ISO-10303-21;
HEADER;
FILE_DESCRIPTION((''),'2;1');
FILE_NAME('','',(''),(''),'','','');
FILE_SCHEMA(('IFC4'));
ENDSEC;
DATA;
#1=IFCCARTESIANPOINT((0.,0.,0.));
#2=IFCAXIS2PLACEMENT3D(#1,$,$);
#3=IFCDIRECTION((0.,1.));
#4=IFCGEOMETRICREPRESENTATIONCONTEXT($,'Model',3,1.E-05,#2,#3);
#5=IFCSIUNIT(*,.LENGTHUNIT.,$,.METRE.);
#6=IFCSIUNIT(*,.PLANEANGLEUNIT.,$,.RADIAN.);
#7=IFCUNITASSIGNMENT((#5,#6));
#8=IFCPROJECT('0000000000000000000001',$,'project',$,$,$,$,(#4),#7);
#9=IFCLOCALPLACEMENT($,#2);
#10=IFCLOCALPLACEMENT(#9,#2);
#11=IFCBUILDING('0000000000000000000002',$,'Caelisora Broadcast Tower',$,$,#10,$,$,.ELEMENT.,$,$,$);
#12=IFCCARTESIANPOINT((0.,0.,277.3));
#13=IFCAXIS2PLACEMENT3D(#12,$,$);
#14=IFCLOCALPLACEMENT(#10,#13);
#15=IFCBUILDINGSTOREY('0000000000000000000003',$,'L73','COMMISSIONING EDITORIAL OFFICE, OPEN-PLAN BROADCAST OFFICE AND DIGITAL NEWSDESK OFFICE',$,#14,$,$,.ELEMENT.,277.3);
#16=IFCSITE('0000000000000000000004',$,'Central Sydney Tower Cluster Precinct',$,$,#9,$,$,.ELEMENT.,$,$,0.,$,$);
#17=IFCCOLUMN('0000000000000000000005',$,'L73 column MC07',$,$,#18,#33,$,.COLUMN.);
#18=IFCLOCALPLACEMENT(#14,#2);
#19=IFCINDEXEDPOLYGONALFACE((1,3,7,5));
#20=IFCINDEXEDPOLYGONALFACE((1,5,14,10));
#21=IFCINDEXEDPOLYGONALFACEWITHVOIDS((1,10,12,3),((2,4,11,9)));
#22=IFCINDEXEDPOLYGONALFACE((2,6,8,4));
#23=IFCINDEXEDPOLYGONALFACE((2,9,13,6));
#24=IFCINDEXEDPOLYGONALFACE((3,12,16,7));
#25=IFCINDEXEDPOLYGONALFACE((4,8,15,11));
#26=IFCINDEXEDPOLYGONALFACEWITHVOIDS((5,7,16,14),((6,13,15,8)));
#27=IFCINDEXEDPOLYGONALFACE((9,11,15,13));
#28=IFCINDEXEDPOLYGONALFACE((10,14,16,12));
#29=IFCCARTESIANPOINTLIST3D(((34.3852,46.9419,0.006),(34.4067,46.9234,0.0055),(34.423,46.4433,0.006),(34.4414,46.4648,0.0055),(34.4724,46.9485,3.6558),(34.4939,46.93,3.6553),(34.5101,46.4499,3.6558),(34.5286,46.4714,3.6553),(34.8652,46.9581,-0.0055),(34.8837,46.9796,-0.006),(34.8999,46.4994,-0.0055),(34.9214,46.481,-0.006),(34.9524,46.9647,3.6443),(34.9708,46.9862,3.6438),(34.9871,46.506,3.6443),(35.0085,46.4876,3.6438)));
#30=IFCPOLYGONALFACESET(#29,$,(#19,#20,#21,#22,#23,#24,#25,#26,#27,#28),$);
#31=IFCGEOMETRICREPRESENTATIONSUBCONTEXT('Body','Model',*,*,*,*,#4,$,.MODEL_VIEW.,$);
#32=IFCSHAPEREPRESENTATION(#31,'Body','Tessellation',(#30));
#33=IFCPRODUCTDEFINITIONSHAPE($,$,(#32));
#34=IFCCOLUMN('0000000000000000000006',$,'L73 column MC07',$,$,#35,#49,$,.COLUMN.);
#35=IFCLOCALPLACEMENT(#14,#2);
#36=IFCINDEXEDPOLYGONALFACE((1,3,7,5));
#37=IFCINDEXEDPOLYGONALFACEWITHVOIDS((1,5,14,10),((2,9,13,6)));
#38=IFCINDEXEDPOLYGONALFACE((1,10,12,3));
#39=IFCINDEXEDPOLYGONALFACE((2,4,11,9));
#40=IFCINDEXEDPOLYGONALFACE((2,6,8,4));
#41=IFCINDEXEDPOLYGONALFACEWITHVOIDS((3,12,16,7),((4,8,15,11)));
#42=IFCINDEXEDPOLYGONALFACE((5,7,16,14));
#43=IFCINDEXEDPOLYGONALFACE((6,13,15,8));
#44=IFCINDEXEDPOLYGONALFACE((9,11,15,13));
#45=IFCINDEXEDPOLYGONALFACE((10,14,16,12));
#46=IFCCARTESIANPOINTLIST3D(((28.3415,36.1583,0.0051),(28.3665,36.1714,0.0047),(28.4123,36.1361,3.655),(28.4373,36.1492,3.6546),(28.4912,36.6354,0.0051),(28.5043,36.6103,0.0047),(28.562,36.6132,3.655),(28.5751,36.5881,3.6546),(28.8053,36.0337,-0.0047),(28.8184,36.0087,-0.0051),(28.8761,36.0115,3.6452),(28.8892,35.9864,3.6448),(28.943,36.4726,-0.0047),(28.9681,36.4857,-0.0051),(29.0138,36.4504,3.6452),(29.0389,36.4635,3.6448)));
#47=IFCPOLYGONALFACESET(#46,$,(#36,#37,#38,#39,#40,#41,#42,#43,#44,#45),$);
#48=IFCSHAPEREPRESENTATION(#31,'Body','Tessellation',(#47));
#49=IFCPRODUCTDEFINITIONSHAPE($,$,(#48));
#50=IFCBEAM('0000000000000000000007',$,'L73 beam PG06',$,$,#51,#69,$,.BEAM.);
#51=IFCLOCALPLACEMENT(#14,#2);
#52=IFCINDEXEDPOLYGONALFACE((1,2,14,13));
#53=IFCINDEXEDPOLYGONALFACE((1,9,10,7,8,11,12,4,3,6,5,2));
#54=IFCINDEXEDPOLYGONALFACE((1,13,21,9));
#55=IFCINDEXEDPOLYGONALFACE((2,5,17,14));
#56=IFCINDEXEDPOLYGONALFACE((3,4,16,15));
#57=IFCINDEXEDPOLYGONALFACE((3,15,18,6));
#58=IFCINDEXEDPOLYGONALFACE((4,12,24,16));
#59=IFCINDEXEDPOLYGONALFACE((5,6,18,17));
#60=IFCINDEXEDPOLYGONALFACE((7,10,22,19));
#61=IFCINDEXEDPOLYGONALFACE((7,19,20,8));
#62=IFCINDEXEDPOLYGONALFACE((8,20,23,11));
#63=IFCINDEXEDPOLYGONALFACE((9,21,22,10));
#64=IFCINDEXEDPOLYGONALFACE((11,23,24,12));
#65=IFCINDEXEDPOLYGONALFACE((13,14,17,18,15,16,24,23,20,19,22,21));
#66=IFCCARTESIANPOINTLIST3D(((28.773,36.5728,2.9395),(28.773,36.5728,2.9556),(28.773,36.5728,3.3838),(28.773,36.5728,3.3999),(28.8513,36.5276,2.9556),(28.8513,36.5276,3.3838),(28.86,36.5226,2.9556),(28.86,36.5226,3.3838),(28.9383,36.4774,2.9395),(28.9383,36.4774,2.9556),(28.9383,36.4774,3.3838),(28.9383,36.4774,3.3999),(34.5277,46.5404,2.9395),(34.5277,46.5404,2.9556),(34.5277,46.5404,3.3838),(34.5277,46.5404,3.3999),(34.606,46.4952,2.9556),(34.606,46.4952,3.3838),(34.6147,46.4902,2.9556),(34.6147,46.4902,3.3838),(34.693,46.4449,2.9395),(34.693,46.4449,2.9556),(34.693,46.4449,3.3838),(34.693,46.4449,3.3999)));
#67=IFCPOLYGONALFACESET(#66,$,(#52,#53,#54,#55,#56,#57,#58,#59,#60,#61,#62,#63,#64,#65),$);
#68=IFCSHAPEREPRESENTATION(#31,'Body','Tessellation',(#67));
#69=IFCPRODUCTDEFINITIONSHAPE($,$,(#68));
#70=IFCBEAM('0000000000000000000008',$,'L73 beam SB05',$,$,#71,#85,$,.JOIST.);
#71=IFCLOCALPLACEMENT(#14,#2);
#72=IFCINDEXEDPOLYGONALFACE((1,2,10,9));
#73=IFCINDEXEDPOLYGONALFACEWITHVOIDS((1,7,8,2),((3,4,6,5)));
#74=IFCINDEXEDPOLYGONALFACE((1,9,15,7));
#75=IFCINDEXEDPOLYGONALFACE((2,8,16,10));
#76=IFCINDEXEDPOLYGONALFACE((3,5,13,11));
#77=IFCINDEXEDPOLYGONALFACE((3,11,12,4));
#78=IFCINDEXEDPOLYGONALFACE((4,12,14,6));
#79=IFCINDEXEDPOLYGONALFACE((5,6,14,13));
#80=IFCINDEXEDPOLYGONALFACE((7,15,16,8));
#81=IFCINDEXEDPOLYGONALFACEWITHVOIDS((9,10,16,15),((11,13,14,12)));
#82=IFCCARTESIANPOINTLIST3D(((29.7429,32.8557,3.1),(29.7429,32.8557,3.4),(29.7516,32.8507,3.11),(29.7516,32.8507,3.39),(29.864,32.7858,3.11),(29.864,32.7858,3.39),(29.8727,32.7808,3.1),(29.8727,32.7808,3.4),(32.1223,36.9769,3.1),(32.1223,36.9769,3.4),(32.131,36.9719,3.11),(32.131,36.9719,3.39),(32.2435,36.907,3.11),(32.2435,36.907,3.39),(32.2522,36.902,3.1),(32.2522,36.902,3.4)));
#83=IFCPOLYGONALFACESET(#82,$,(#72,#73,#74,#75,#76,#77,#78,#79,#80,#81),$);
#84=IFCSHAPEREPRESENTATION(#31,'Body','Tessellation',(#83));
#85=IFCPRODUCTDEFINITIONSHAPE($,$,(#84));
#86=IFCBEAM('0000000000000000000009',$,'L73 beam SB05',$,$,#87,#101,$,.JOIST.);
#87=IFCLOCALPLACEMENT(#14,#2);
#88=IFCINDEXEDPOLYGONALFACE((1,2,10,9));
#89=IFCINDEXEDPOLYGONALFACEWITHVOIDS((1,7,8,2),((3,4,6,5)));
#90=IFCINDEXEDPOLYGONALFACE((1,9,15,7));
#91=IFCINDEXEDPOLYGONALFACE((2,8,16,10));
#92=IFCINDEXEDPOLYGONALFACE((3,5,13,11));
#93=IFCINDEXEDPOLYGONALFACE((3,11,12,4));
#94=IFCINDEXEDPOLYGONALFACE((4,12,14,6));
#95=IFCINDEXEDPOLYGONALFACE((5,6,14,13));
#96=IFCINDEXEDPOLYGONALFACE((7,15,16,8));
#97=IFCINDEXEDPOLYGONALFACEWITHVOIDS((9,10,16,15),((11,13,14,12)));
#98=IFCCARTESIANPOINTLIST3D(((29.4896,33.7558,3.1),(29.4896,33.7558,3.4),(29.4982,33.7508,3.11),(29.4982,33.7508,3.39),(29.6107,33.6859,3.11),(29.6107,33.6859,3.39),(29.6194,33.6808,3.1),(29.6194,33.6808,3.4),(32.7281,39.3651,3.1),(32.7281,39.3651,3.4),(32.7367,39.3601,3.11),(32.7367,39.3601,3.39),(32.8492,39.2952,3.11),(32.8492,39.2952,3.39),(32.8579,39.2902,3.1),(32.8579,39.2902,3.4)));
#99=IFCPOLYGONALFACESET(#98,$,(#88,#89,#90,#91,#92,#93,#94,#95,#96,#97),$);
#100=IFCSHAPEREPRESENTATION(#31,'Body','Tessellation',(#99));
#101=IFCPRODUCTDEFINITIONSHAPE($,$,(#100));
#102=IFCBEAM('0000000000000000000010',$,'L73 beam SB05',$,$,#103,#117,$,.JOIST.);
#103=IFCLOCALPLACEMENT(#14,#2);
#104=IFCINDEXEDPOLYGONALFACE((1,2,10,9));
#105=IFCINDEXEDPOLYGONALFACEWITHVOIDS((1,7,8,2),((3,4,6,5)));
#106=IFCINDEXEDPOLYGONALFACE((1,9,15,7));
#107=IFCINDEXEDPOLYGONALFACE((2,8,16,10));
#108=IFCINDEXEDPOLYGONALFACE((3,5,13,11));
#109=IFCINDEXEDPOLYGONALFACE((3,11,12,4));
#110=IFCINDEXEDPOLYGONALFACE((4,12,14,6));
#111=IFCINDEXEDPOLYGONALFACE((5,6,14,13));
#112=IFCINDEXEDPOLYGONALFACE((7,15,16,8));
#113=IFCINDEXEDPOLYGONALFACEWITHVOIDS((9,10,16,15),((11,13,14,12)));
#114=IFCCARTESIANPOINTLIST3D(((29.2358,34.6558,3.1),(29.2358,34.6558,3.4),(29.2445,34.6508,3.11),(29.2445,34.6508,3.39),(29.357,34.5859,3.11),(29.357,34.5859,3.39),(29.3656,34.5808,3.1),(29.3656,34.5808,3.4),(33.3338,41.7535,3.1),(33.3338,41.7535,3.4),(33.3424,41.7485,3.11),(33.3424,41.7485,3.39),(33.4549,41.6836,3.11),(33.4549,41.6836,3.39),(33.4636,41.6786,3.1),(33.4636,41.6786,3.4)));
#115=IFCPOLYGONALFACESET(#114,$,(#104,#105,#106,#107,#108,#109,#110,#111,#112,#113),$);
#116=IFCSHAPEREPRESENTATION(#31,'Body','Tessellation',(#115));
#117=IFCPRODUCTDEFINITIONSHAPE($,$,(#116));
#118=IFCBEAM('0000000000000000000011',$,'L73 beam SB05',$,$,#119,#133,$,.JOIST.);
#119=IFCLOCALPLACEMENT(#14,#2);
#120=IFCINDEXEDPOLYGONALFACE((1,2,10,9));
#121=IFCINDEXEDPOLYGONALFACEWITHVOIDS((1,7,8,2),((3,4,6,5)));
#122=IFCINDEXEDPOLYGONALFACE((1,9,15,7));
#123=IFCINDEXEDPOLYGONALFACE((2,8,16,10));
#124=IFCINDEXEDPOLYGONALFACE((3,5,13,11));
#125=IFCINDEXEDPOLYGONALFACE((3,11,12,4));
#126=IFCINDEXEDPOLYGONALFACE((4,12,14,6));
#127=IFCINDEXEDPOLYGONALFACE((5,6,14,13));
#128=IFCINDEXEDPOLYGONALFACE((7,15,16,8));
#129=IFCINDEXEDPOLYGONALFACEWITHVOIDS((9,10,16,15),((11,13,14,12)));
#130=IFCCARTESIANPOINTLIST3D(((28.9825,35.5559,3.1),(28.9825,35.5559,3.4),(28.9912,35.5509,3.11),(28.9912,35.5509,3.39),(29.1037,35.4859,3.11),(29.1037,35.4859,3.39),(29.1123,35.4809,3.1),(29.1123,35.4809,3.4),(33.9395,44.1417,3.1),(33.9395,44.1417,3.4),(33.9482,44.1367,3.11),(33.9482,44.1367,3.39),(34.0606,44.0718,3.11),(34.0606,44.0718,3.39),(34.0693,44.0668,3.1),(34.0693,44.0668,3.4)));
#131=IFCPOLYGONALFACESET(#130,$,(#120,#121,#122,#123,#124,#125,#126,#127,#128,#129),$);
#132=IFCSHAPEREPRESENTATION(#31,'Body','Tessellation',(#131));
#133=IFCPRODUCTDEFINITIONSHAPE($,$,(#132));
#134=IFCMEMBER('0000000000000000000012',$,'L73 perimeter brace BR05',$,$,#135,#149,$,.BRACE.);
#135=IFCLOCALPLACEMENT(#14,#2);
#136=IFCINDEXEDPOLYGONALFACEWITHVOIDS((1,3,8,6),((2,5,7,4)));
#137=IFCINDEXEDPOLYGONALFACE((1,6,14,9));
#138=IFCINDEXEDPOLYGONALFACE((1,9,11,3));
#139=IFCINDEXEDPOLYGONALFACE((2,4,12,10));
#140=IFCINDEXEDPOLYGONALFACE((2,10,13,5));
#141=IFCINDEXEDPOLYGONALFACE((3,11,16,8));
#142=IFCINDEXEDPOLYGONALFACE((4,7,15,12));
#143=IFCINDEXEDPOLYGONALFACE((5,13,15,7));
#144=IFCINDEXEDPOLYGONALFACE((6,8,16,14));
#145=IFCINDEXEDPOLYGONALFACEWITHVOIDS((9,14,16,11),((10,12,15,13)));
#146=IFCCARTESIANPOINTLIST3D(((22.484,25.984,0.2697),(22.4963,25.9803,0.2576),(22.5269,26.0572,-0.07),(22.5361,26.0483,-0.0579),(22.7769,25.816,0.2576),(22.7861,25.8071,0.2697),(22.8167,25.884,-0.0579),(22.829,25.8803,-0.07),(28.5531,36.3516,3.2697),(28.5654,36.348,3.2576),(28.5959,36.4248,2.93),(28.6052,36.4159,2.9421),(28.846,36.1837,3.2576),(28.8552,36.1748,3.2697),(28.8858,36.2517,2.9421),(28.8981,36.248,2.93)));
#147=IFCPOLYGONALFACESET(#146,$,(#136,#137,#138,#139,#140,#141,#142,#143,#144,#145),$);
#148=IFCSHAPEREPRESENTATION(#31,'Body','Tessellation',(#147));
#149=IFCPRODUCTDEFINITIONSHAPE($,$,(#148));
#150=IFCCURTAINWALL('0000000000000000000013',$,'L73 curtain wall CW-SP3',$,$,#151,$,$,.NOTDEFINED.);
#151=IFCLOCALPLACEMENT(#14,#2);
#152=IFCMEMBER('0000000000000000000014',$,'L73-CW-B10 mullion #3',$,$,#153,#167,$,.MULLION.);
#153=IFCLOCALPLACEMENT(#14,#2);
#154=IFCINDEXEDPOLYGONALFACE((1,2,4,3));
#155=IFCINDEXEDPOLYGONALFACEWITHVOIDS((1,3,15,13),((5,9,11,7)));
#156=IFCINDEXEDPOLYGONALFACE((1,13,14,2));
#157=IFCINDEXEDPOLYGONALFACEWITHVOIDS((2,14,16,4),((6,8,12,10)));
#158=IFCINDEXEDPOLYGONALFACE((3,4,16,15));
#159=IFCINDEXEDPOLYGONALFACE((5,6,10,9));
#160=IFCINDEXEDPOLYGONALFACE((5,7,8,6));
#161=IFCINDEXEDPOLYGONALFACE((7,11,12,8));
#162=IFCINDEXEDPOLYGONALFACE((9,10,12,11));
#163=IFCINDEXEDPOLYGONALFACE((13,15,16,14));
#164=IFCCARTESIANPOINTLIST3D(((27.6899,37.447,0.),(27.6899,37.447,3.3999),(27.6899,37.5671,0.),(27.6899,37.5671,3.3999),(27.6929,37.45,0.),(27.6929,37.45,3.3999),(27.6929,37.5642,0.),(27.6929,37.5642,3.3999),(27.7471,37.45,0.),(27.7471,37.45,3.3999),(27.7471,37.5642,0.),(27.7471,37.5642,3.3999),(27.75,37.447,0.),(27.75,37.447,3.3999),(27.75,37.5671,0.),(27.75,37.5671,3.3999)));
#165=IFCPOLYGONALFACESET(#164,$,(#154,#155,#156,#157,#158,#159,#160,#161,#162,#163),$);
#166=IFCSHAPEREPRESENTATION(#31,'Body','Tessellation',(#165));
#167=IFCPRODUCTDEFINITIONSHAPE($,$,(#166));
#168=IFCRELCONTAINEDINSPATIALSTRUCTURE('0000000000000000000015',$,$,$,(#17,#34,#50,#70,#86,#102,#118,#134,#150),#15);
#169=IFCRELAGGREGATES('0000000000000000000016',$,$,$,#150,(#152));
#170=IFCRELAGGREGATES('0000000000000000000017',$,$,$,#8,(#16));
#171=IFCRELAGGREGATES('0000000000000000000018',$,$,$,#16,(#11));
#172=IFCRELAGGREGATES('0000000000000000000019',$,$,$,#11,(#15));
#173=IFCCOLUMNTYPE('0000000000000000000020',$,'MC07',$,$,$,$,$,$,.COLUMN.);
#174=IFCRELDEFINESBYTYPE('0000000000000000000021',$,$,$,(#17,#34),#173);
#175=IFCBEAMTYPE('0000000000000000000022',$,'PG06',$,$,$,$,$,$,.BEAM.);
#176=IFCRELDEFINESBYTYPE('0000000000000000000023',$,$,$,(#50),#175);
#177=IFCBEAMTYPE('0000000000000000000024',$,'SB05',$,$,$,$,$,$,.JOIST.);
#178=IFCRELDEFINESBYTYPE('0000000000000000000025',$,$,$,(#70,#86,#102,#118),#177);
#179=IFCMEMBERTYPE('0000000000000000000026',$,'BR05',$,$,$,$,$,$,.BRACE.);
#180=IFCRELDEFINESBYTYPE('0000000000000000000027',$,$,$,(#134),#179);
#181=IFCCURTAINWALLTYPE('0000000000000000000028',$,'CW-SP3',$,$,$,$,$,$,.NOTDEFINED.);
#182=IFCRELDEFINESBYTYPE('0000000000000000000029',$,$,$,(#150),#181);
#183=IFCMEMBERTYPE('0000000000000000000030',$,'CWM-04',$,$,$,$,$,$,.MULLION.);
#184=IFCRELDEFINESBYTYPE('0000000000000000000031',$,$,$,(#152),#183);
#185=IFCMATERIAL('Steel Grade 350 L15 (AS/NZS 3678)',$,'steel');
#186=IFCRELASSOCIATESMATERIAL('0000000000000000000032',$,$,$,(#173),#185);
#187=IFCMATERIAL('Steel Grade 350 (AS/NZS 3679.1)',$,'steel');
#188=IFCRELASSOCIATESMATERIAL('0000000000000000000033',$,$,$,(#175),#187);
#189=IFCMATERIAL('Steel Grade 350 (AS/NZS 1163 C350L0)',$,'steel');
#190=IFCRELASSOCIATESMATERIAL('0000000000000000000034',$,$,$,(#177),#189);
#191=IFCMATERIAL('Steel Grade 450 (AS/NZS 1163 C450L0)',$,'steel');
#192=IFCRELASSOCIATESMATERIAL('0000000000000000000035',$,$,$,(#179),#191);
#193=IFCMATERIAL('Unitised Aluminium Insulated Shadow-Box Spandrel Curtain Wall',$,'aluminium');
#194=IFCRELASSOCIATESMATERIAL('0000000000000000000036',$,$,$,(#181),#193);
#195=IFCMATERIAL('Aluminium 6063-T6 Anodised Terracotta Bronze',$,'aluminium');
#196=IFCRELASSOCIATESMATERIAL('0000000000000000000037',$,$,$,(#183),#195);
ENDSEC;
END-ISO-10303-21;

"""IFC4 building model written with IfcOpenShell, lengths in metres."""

from ifc_helpers import new_model, si_unit, direction, frame, origin, origin_2d, place, context, subcontext, project, spatial, hollow_rectangle, i_section, extrude, source, transform, mapped, material, material_profile, profile_set, type_object, type_shapes, element, aggregate, save


model = new_model("IFC4")

# Units and contexts
model_context = context("Model", 3, precision=1e-05, world=origin(), true_north=direction((0.0, 1.0)))
body_context = subcontext(model_context, "Body", "Model", "MODEL_VIEW")
ifc_project = project(units=[si_unit("LENGTHUNIT", "METRE"), si_unit("PLANEANGLEUNIT", "RADIAN")], contexts=[model_context])

# Site, building, storey
site_placement = place(None, origin())
site = spatial("IfcSite", under=ifc_project, at=site_placement, Name="Central Sydney Tower Cluster Precinct", CompositionType="ELEMENT", RefElevation=0.0)
building_placement = place(site_placement, origin())
building = spatial("IfcBuilding", under=site, at=building_placement, Name="Caelisora Broadcast Tower", CompositionType="ELEMENT")
storey_placement = place(building_placement, frame((0.0, 0.0, 277.3)))
storey = spatial("IfcBuildingStorey", under=building, at=storey_placement, Name="L73", Description="COMMISSIONING EDITORIAL OFFICE, OPEN-PLAN BROADCAST OFFICE AND DIGITAL NEWSDESK OFFICE", CompositionType="ELEMENT", Elevation=277.3)

# Columns
ifc_material_1 = material(Name="Steel Grade 350 L15 (AS/NZS 3678)", Category="steel")
ifc_material_profile_1 = material_profile(ifc_material_1, hollow_rectangle(XDim=0.5, YDim=0.5, WallThickness=0.02, at=origin_2d()), Name="Steel Grade 350 L15 (AS/NZS 3678)")
ifc_profile_set_1 = profile_set([ifc_material_profile_1], Name="Steel Grade 350 L15 (AS/NZS 3678)")
column_type = type_object("IfcColumnType", Name="MC07", PredefinedType="COLUMN", material=ifc_profile_set_1)
shared_shape_1 = source(origin(), body_context, "Body", "SweptSolid", [
    extrude(hollow_rectangle(XDim=0.5, YDim=0.5, WallThickness=0.02, at=origin_2d()), origin(), (0.0, 0.0, 1.0), 3.6509),
])
column_1_placement = place(storey_placement, frame((34.6533, 46.7114, 0.0), z_axis=(0.023873, 0.001806, 0.999713), x_axis=(-0.075415, 0.997152, 0.0)))
element("IfcColumn", 1, at=column_1_placement, inside=storey, type_object=column_type, Name="L73 column MC07", PredefinedType="COLUMN", context=body_context, shape_type="MappedRepresentation", body=[
    mapped(shared_shape_1, transform((0.0, 0.0, 0.0), scale=1.0)),
])
shared_shape_2 = source(origin(), body_context, "Body", "SweptSolid", [
    extrude(hollow_rectangle(XDim=0.5, YDim=0.5, WallThickness=0.02, at=origin_2d()), origin(), (0.0, 0.0, 1.0), 3.6506),
])
type_shapes(column_type, [shared_shape_1, shared_shape_2])
column_2_placement = place(storey_placement, frame((28.6548, 36.322, 0.0), z_axis=(0.019394, -0.006086, 0.999793), x_axis=(0.299399, 0.954128, 0.0)))
element("IfcColumn", 2, at=column_2_placement, inside=storey, type_object=column_type, Name="L73 column MC07", PredefinedType="COLUMN", context=body_context, shape_type="MappedRepresentation", body=[
    mapped(shared_shape_2, transform((0.0, 0.0, 0.0), scale=1.0)),
])

# Beams
ifc_material_2 = material(Name="Steel Grade 350 (AS/NZS 3679.1)", Category="steel")
ifc_material_profile_2 = material_profile(ifc_material_2, i_section(OverallWidth=0.1909, OverallDepth=0.4604, WebThickness=0.01, FlangeThickness=0.0161, at=origin_2d()), Name="Steel Grade 350 (AS/NZS 3679.1)")
ifc_profile_set_2 = profile_set([ifc_material_profile_2], Name="Steel Grade 350 (AS/NZS 3679.1)")
beam_type_1 = type_object("IfcBeamType", Name="PG06", PredefinedType="BEAM", material=ifc_profile_set_2)
shared_shape_3 = source(origin(), body_context, "Body", "SweptSolid", [
    extrude(i_section(OverallWidth=0.1909, OverallDepth=0.4604, WebThickness=0.01, FlangeThickness=0.0161, at=origin_2d()), origin(), (0.0, 0.0, 1.0), 11.5095),
])
type_shapes(beam_type_1, [shared_shape_3])
beam_1_placement = place(storey_placement, frame((34.6104, 46.4927, 3.1697), z_axis=(-0.499992, -0.86603, 0.0), x_axis=(0.86603, -0.499992, 0.0)))
element("IfcBeam", 3, at=beam_1_placement, inside=storey, type_object=beam_type_1, Name="L73 beam PG06", PredefinedType="BEAM", context=body_context, shape_type="MappedRepresentation", body=[
    mapped(shared_shape_3, transform((0.0, 0.0, 0.0), scale=1.0)),
])
ifc_material_3 = material(Name="Steel Grade 350 (AS/NZS 1163 C350L0)", Category="steel")
ifc_material_profile_3 = material_profile(ifc_material_3, hollow_rectangle(XDim=0.1499, YDim=0.3, WallThickness=0.01, at=origin_2d()), Name="Steel Grade 350 (AS/NZS 1163 C350L0)")
ifc_profile_set_3 = profile_set([ifc_material_profile_3], Name="Steel Grade 350 (AS/NZS 1163 C350L0)")
beam_type_2 = type_object("IfcBeamType", Name="SB05", PredefinedType="JOIST", material=ifc_profile_set_3)
shared_shape_4 = source(origin(), body_context, "Body", "SweptSolid", [
    extrude(hollow_rectangle(XDim=0.1499, YDim=0.3, WallThickness=0.01, at=origin_2d()), origin(), (0.0, 0.0, 1.0), 4.7588),
])
beam_2_placement = place(storey_placement, frame((32.1873, 36.9395, 3.25), z_axis=(-0.500013, -0.866018, 0.0), x_axis=(0.866018, -0.500013, 0.0)))
element("IfcBeam", 4, at=beam_2_placement, inside=storey, type_object=beam_type_2, Name="L73 beam SB05", PredefinedType="JOIST", context=body_context, shape_type="MappedRepresentation", body=[
    mapped(shared_shape_4, transform((0.0, 0.0, 0.0), scale=1.0)),
])
shared_shape_5 = source(origin(), body_context, "Body", "SweptSolid", [
    extrude(hollow_rectangle(XDim=0.1499, YDim=0.3, WallThickness=0.01, at=origin_2d()), origin(), (0.0, 0.0, 1.0), 6.4771),
])
beam_3_placement = place(storey_placement, frame((32.793, 39.3276, 3.25), z_axis=(-0.499994, -0.866029, 0.0), x_axis=(0.866029, -0.499994, 0.0)))
element("IfcBeam", 5, at=beam_3_placement, inside=storey, type_object=beam_type_2, Name="L73 beam SB05", PredefinedType="JOIST", context=body_context, shape_type="MappedRepresentation", body=[
    mapped(shared_shape_5, transform((0.0, 0.0, 0.0), scale=1.0)),
])
shared_shape_6 = source(origin(), body_context, "Body", "SweptSolid", [
    extrude(hollow_rectangle(XDim=0.1499, YDim=0.3, WallThickness=0.01, at=origin_2d()), origin(), (0.0, 0.0, 1.0), 8.1958),
])
beam_4_placement = place(storey_placement, frame((33.3987, 41.7161, 3.25), z_axis=(-0.500006, -0.866022, 0.0), x_axis=(0.866022, -0.500006, 0.0)))
element("IfcBeam", 6, at=beam_4_placement, inside=storey, type_object=beam_type_2, Name="L73 beam SB05", PredefinedType="JOIST", context=body_context, shape_type="MappedRepresentation", body=[
    mapped(shared_shape_6, transform((0.0, 0.0, 0.0), scale=1.0)),
])
shared_shape_7 = source(origin(), body_context, "Body", "SweptSolid", [
    extrude(hollow_rectangle(XDim=0.1499, YDim=0.3, WallThickness=0.01, at=origin_2d()), origin(), (0.0, 0.0, 1.0), 9.9141),
])
type_shapes(beam_type_2, [shared_shape_4, shared_shape_5, shared_shape_6, shared_shape_7])
beam_5_placement = place(storey_placement, frame((34.0044, 44.1042, 3.25), z_axis=(-0.499995, -0.866028, 0.0), x_axis=(0.866028, -0.499995, 0.0)))
element("IfcBeam", 7, at=beam_5_placement, inside=storey, type_object=beam_type_2, Name="L73 beam SB05", PredefinedType="JOIST", context=body_context, shape_type="MappedRepresentation", body=[
    mapped(shared_shape_7, transform((0.0, 0.0, 0.0), scale=1.0)),
])

# Member
ifc_material_4 = material(Name="Steel Grade 450 (AS/NZS 1163 C450L0)", Category="steel")
ifc_material_profile_4 = material_profile(ifc_material_4, hollow_rectangle(XDim=0.3501, YDim=0.3501, WallThickness=0.0125, at=origin_2d()), Name="Steel Grade 450 (AS/NZS 1163 C450L0)")
ifc_profile_set_4 = profile_set([ifc_material_profile_4], Name="Steel Grade 450 (AS/NZS 1163 C450L0)")
member_type_1 = type_object("IfcMemberType", Name="BR05", PredefinedType="BRACE", material=ifc_profile_set_4)
shared_shape_8 = source(origin(), body_context, "Body", "SweptSolid", [
    extrude(hollow_rectangle(XDim=0.3501, YDim=0.3501, WallThickness=0.0125, at=origin_2d()), origin(), (0.0, 0.0, 1.0), 12.3823),
])
type_shapes(member_type_1, [shared_shape_8])
member_1_placement = place(storey_placement, frame((28.7256, 36.2998, 3.0999), z_axis=(-0.490141, -0.837295, -0.24228), x_axis=(0.863007, -0.505192, 0.0)))
element("IfcMember", 8, at=member_1_placement, inside=storey, type_object=member_type_1, Name="L73 perimeter brace BR05", PredefinedType="BRACE", context=body_context, shape_type="MappedRepresentation", body=[
    mapped(shared_shape_8, transform((0.0, 0.0, 0.0), scale=1.0)),
])

# Curtain wall, member
ifc_material_5 = material(Name="Unitised Aluminium Insulated Shadow-Box Spandrel Curtain Wall", Category="aluminium")
curtain_wall_type_1 = type_object("IfcCurtainWallType", Name="CW-SP3", PredefinedType="NOTDEFINED", material=ifc_material_5)
curtain_wall_1_placement = place(storey_placement, origin())
curtain_wall_1 = element("IfcCurtainWall", 9, at=curtain_wall_1_placement, inside=storey, type_object=curtain_wall_type_1, Name="L73 curtain wall CW-SP3", PredefinedType="NOTDEFINED")
ifc_material_6 = material(Name="Aluminium 6063-T6 Anodised Terracotta Bronze", Category="aluminium")
ifc_material_profile_5 = material_profile(ifc_material_6, hollow_rectangle(XDim=0.0601, YDim=0.1201, WallThickness=0.0029, at=origin_2d()), Name="Aluminium 6063-T6 Anodised Terracotta Bronze")
ifc_profile_set_5 = profile_set([ifc_material_profile_5], Name="Aluminium 6063-T6 Anodised Terracotta Bronze")
member_type_2 = type_object("IfcMemberType", Name="CWM-04", PredefinedType="MULLION", material=ifc_profile_set_5)
shared_shape_9 = source(origin(), body_context, "Body", "SweptSolid", [
    extrude(hollow_rectangle(XDim=0.0601, YDim=0.1201, WallThickness=0.0029, at=origin_2d()), origin(), (0.0, 0.0, 1.0), 3.3999),
])
type_shapes(member_type_2, [shared_shape_9])
member_2_placement = place(storey_placement, frame((27.72, 37.5071, 0.0), z_axis=(0.0, 0.0, 1.0), x_axis=(1.0, 0.0, 0.0)))
member_2 = element("IfcMember", 10, at=member_2_placement, type_object=member_type_2, Name="L73-CW-B10 mullion #3", PredefinedType="MULLION", context=body_context, shape_type="MappedRepresentation", body=[
    mapped(shared_shape_9, transform((0.0, 0.0, 0.0), scale=1.0)),
])
aggregate(curtain_wall_1, [member_2])

save(model, "model.ifc")
